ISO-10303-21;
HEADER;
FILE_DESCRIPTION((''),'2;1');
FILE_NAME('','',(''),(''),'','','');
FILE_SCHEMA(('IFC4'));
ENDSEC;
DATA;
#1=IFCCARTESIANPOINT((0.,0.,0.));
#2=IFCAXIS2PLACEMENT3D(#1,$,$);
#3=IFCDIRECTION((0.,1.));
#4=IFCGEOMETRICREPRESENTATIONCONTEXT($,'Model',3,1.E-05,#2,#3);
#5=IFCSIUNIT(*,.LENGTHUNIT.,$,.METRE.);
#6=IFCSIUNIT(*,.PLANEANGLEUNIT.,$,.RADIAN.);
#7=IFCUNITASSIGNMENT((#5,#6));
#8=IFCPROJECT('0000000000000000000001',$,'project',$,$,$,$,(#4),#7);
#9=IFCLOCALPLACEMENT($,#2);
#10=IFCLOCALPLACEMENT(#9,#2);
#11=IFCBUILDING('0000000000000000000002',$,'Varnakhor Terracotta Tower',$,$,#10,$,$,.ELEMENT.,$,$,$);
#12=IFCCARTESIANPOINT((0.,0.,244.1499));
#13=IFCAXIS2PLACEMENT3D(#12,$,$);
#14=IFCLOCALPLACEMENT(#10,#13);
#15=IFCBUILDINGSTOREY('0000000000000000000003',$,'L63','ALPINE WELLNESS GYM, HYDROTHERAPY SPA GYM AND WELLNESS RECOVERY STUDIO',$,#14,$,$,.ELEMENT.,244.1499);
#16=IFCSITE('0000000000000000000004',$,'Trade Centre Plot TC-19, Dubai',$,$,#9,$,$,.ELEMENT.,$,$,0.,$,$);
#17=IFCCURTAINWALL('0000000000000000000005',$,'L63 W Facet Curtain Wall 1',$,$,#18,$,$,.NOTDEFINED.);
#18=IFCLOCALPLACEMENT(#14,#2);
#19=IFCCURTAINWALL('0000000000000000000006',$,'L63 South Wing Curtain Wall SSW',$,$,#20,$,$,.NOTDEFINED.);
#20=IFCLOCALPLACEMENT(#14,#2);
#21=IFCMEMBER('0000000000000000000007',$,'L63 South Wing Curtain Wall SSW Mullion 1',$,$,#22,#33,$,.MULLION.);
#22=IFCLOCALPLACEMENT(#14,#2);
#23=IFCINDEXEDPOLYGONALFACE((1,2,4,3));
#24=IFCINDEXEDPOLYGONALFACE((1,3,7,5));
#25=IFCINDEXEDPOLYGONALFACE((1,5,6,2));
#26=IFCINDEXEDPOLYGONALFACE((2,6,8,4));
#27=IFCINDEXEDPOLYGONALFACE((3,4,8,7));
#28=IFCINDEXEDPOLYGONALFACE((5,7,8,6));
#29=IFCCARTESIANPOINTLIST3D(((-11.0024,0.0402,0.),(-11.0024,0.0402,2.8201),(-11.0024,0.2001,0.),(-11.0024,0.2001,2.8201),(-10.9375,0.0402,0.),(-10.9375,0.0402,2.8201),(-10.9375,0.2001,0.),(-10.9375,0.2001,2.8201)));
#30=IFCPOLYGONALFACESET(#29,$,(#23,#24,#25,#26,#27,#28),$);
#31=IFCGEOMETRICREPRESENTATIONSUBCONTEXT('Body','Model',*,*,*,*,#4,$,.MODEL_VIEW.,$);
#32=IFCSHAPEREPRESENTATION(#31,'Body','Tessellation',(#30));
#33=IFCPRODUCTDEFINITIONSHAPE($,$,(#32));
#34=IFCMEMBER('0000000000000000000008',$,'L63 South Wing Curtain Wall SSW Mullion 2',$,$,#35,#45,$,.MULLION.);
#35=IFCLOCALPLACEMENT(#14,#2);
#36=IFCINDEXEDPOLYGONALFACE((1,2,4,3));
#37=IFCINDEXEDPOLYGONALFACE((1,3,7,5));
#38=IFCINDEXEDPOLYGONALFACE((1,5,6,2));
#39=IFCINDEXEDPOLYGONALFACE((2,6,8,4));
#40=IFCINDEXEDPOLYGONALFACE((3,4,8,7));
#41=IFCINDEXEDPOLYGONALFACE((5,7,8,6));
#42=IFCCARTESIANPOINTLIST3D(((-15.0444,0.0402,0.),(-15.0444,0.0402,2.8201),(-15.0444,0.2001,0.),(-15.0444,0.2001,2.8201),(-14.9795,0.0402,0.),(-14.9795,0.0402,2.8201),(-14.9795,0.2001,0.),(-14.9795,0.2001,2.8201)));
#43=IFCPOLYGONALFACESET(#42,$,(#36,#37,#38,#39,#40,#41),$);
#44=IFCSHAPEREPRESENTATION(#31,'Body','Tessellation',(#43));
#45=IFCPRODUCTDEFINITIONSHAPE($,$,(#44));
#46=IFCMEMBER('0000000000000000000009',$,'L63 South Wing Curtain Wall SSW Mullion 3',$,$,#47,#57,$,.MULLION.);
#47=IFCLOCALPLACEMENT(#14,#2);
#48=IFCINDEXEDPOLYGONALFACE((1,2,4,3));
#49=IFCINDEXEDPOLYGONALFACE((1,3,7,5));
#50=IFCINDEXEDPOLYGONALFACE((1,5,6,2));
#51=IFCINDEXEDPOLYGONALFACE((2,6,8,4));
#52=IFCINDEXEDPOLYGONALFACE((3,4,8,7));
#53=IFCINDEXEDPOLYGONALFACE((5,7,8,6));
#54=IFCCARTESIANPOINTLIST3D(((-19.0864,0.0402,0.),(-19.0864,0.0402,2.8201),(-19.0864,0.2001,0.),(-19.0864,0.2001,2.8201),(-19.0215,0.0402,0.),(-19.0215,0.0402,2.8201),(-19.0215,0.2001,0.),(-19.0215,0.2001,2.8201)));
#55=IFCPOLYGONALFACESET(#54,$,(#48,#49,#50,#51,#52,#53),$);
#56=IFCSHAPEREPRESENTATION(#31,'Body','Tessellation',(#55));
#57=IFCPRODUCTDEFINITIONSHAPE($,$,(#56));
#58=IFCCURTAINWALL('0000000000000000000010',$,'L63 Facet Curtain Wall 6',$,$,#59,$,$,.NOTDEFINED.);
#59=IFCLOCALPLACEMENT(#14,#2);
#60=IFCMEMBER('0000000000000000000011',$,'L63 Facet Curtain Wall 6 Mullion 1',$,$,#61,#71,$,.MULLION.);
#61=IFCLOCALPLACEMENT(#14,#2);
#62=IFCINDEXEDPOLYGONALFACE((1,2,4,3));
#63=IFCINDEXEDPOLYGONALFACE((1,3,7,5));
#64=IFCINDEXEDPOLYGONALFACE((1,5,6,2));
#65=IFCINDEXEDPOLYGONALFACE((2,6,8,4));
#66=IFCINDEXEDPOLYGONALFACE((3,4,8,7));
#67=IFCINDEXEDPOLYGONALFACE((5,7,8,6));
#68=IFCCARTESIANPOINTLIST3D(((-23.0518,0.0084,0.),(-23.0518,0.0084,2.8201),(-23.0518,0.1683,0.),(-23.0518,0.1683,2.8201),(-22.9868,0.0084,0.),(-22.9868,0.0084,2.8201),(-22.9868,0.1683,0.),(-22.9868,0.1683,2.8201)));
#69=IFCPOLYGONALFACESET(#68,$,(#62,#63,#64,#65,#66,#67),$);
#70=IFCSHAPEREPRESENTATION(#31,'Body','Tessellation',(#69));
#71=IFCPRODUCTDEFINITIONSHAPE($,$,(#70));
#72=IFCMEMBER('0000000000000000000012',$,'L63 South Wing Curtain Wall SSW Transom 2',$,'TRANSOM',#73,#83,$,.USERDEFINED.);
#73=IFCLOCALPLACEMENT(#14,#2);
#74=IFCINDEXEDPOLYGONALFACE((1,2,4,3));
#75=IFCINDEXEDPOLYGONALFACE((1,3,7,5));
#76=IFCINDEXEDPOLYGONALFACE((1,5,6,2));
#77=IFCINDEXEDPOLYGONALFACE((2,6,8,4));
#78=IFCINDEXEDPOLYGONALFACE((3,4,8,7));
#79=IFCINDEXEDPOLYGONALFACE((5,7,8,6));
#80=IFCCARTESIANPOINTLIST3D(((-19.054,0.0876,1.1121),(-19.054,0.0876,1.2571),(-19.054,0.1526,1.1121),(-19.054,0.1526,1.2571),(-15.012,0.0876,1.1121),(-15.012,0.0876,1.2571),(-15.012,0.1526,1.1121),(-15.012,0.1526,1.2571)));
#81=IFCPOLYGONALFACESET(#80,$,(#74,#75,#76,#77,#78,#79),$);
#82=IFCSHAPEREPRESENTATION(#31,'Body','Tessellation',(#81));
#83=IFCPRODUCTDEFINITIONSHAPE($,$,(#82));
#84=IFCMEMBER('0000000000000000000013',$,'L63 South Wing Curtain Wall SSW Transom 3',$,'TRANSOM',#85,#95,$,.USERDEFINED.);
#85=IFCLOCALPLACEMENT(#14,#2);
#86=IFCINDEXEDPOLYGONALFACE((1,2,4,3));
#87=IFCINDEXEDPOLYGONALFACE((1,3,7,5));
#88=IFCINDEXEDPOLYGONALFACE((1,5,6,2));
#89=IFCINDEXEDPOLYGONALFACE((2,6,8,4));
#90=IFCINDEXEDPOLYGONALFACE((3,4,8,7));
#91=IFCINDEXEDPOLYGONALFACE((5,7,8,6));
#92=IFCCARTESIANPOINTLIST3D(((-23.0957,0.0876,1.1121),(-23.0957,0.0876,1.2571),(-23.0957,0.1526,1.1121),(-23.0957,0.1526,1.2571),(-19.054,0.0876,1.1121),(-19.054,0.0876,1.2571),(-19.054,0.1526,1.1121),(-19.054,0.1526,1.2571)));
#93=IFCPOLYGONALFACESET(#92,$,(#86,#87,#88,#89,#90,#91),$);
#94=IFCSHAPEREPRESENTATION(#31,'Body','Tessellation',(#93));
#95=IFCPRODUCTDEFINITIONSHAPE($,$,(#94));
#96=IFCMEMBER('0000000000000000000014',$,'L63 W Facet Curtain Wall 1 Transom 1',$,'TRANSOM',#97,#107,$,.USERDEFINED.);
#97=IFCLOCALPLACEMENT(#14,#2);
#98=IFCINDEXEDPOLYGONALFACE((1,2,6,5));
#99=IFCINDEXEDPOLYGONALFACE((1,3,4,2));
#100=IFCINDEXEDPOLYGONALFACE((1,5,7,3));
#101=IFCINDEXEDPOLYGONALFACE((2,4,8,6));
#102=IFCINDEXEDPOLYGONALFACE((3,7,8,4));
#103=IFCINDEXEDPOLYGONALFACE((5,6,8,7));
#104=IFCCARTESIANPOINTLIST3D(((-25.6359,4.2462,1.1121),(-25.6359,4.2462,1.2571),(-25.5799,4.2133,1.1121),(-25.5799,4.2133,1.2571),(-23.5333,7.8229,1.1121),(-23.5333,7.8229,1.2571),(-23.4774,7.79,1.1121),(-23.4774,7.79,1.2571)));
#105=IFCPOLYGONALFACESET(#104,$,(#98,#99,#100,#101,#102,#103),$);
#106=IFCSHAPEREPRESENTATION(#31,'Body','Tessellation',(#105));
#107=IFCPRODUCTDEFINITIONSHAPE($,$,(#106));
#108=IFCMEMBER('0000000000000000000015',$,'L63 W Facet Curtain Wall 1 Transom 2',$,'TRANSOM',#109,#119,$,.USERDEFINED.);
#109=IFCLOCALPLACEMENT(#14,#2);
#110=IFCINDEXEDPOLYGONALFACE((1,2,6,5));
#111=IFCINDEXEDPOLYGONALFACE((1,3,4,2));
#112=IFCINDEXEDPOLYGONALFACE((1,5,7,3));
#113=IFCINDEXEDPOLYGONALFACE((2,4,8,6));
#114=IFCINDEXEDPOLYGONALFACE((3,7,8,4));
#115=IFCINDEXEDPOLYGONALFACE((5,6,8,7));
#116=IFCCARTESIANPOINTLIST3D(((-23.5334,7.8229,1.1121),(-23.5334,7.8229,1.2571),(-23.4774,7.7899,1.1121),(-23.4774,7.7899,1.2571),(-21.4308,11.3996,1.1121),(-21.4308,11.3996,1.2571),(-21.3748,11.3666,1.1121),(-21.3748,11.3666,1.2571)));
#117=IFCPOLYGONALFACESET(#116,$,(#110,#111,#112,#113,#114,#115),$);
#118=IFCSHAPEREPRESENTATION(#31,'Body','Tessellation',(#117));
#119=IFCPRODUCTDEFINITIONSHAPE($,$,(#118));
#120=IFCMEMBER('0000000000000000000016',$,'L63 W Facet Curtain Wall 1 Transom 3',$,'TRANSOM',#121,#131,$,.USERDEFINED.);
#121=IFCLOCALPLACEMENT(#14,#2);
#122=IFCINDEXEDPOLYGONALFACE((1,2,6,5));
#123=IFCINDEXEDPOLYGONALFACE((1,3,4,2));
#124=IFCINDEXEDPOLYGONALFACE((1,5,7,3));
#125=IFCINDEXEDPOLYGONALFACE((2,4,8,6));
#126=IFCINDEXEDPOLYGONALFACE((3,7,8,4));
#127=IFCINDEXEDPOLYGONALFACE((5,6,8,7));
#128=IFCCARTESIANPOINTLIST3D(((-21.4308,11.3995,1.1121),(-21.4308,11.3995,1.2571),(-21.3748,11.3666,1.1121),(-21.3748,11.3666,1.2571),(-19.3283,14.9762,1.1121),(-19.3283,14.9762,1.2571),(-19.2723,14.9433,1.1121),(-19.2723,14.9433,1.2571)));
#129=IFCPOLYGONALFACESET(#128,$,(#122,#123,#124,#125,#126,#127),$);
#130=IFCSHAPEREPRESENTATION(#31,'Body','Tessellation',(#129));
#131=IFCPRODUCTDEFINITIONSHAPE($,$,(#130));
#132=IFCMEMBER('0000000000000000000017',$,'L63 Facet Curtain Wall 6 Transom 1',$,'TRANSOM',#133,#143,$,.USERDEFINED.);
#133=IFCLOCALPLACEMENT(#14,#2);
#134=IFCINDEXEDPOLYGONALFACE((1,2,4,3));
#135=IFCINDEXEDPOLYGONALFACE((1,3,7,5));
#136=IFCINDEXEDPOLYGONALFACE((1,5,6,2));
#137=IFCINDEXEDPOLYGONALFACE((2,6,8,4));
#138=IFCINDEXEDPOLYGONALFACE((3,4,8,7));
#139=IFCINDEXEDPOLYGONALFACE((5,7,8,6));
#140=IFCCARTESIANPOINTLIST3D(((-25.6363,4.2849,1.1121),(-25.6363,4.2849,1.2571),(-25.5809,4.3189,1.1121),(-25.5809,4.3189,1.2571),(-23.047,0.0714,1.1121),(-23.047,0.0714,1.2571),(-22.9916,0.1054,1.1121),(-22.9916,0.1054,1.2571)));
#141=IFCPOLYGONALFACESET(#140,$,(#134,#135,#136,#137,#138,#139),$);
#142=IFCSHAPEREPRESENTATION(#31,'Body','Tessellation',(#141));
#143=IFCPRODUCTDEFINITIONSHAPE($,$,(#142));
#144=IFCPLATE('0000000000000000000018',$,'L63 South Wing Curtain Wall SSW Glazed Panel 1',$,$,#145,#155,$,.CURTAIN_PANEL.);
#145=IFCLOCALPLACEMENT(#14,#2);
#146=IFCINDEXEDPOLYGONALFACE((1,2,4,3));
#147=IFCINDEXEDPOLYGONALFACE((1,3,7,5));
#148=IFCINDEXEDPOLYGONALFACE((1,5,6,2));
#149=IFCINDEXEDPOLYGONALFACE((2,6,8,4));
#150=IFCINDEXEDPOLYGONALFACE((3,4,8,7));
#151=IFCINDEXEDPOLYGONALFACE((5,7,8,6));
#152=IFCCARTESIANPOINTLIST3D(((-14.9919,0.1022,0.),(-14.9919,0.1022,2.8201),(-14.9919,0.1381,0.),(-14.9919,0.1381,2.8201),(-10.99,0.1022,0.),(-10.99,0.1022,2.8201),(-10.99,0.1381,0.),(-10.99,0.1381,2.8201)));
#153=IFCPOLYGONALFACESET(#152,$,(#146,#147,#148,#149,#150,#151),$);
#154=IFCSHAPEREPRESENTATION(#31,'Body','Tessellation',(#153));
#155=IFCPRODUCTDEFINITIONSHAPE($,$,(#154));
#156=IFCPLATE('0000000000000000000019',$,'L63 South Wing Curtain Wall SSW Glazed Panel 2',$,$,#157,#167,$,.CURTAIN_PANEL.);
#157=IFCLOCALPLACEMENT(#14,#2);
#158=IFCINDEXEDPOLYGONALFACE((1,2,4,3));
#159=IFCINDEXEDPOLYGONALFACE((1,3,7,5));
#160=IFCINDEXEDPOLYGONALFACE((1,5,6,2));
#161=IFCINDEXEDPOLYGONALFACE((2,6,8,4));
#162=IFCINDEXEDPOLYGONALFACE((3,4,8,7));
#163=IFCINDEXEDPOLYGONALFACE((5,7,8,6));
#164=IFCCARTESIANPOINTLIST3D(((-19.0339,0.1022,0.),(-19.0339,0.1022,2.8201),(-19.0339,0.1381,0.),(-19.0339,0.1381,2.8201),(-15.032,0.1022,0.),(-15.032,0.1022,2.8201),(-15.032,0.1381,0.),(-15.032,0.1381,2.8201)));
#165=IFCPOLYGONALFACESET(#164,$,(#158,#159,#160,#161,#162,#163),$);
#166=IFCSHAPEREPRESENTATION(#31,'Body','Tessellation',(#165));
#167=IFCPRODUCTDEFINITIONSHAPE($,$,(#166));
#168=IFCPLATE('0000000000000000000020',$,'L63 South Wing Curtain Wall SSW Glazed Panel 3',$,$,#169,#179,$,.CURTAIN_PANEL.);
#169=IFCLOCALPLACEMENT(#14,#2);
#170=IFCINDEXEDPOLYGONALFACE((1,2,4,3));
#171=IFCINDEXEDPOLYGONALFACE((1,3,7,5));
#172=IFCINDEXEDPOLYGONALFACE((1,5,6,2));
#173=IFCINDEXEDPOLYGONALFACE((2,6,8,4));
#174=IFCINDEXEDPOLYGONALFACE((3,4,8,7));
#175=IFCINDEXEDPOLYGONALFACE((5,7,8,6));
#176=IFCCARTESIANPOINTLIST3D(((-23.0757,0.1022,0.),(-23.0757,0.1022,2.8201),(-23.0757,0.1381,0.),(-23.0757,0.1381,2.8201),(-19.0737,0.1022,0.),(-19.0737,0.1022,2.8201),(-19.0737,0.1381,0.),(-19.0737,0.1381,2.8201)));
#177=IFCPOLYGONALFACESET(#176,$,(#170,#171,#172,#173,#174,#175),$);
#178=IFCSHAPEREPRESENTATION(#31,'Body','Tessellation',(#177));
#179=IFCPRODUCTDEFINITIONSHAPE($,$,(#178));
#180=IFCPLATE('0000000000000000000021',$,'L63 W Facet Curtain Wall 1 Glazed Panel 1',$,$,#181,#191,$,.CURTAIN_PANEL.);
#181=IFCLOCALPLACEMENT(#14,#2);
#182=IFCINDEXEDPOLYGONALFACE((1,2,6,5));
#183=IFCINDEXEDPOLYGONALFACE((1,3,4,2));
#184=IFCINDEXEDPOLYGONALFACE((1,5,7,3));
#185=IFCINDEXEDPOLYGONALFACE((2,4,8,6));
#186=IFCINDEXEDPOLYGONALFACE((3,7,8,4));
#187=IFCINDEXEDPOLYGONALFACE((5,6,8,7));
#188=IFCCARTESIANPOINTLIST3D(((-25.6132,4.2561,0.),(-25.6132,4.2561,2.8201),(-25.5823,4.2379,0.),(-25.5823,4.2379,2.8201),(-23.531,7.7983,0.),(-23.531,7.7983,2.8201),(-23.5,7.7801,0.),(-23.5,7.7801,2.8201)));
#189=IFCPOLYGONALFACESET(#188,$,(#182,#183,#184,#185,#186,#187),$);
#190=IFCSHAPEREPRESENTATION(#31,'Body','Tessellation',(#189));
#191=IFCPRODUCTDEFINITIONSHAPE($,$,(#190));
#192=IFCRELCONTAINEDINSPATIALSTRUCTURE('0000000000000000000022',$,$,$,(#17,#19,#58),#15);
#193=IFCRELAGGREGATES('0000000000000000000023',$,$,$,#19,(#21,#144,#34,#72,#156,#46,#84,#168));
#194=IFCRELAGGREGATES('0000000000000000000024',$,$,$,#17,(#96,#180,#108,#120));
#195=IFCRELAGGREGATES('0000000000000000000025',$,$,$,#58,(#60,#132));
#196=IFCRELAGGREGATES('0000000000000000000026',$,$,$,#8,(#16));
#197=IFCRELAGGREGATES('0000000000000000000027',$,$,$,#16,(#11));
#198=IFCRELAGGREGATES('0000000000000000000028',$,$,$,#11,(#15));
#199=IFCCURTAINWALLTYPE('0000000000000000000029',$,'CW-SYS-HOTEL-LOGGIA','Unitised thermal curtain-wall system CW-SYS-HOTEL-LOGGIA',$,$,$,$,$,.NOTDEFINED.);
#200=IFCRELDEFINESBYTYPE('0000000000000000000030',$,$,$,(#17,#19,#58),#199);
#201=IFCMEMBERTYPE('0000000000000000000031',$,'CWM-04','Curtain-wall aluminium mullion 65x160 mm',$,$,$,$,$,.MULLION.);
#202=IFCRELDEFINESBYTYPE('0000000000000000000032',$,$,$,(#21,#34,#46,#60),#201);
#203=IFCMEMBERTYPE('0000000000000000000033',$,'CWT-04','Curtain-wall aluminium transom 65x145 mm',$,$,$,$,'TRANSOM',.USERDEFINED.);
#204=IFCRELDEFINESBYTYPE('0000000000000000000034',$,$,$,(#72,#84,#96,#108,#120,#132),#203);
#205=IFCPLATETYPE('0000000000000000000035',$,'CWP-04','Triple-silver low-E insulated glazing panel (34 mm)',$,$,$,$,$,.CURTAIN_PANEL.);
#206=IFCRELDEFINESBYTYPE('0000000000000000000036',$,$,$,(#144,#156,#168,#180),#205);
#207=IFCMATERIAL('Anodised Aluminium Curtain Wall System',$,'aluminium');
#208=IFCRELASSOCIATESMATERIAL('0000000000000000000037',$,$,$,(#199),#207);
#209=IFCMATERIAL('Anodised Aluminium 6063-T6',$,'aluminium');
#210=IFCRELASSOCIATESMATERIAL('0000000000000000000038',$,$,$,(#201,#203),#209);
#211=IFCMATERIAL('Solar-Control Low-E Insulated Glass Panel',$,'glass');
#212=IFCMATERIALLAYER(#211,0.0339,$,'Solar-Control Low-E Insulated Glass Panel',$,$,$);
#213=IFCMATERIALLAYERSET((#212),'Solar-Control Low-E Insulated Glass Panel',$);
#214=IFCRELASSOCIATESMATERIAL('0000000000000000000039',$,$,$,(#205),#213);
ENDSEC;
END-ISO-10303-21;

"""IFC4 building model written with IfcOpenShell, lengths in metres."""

from ifc_helpers import new_model, si_unit, direction, frame, origin, origin_2d, place, context, subcontext, project, spatial, rectangle, extrude, source, transform, mapped, material, layer, layer_set, material_profile, profile_set, type_object, type_shapes, element, aggregate, save


model = new_model("IFC4")

# Units and contexts
model_context = context("Model", 3, precision=1e-05, world=origin(), true_north=direction((0.0, 1.0)))
body_context = subcontext(model_context, "Body", "Model", "MODEL_VIEW")
ifc_project = project(units=[si_unit("LENGTHUNIT", "METRE"), si_unit("PLANEANGLEUNIT", "RADIAN")], contexts=[model_context])

# Site, building, storey
site_placement = place(None, origin())
site = spatial("IfcSite", under=ifc_project, at=site_placement, Name="Trade Centre Plot TC-19, Dubai", CompositionType="ELEMENT", RefElevation=0.0)
building_placement = place(site_placement, origin())
building = spatial("IfcBuilding", under=site, at=building_placement, Name="Varnakhor Terracotta Tower", CompositionType="ELEMENT")
storey_placement = place(building_placement, frame((0.0, 0.0, 244.1499)))
storey = spatial("IfcBuildingStorey", under=building, at=storey_placement, Name="L63", Description="ALPINE WELLNESS GYM, HYDROTHERAPY SPA GYM AND WELLNESS RECOVERY STUDIO", CompositionType="ELEMENT", Elevation=244.1499)

# Curtain walls, members
ifc_material_1 = material(Name="Anodised Aluminium Curtain Wall System", Category="aluminium")
curtain_wall_type = type_object("IfcCurtainWallType", Name="CW-SYS-HOTEL-LOGGIA", Description="Unitised thermal curtain-wall system CW-SYS-HOTEL-LOGGIA", PredefinedType="NOTDEFINED", material=ifc_material_1)
curtain_wall_1_placement = place(storey_placement, origin())
curtain_wall_1 = element("IfcCurtainWall", 1, at=curtain_wall_1_placement, inside=storey, type_object=curtain_wall_type, Name="L63 W Facet Curtain Wall 1", PredefinedType="NOTDEFINED")
ifc_material_2 = material(Name="Anodised Aluminium 6063-T6", Category="aluminium")
ifc_material_profile_1 = material_profile(ifc_material_2, rectangle(XDim=0.0649, YDim=0.1599, at=origin_2d()), Name="ALU MULLION 65x160")
ifc_profile_set_1 = profile_set([ifc_material_profile_1], Name="Anodised Aluminium 6063-T6")
member_type_1 = type_object("IfcMemberType", Name="CWM-04", Description="Curtain-wall aluminium mullion 65x160 mm", PredefinedType="MULLION", material=ifc_profile_set_1)
shared_shape_1 = source(origin(), body_context, "Body", "SweptSolid", [
    extrude(rectangle(XDim=0.0649, YDim=0.1599, at=origin_2d()), origin(), (0.0, 0.0, 1.0), 2.8201),
])
type_shapes(member_type_1, [shared_shape_1])
curtain_wall_2_placement = place(storey_placement, origin())
curtain_wall_2 = element("IfcCurtainWall", 2, at=curtain_wall_2_placement, inside=storey, type_object=curtain_wall_type, Name="L63 South Wing Curtain Wall SSW", PredefinedType="NOTDEFINED")
member_1_placement = place(storey_placement, frame((-10.97, 0.1201, 0.0), z_axis=(0.0, 0.0, 1.0), x_axis=(1.0, 0.0, 0.0)))
member_1 = element("IfcMember", 3, at=member_1_placement, type_object=member_type_1, Name="L63 South Wing Curtain Wall SSW Mullion 1", PredefinedType="MULLION", context=body_context, shape_type="MappedRepresentation", body=[
    mapped(shared_shape_1, transform((0.0, 0.0, 0.0), scale=1.0)),
])
member_2_placement = place(storey_placement, frame((-15.012, 0.1201, 0.0), z_axis=(0.0, 0.0, 1.0), x_axis=(1.0, 0.0, 0.0)))
member_2 = element("IfcMember", 4, at=member_2_placement, type_object=member_type_1, Name="L63 South Wing Curtain Wall SSW Mullion 2", PredefinedType="MULLION", context=body_context, shape_type="MappedRepresentation", body=[
    mapped(shared_shape_1, transform((0.0, 0.0, 0.0), scale=1.0)),
])
member_3_placement = place(storey_placement, frame((-19.054, 0.1201, 0.0), z_axis=(0.0, 0.0, 1.0), x_axis=(1.0, 0.0, 0.0)))
member_3 = element("IfcMember", 5, at=member_3_placement, type_object=member_type_1, Name="L63 South Wing Curtain Wall SSW Mullion 3", PredefinedType="MULLION", context=body_context, shape_type="MappedRepresentation", body=[
    mapped(shared_shape_1, transform((0.0, 0.0, 0.0), scale=1.0)),
])

# Curtain wall, member
curtain_wall_3_placement = place(storey_placement, origin())
curtain_wall_3 = element("IfcCurtainWall", 6, at=curtain_wall_3_placement, inside=storey, type_object=curtain_wall_type, Name="L63 Facet Curtain Wall 6", PredefinedType="NOTDEFINED")
member_4_placement = place(storey_placement, frame((-23.0193, 0.0884, 0.0), z_axis=(0.0, 0.0, 1.0), x_axis=(1.0, 0.0, 0.0)))
member_4 = element("IfcMember", 7, at=member_4_placement, type_object=member_type_1, Name="L63 Facet Curtain Wall 6 Mullion 1", PredefinedType="MULLION", context=body_context, shape_type="MappedRepresentation", body=[
    mapped(shared_shape_1, transform((0.0, 0.0, 0.0), scale=1.0)),
])

# Members
ifc_material_profile_2 = material_profile(ifc_material_2, rectangle(XDim=0.0649, YDim=0.145, at=origin_2d()), Name="ALU TRANSOM 65x145")
ifc_profile_set_2 = profile_set([ifc_material_profile_2], Name="Anodised Aluminium 6063-T6")
member_type_2 = type_object("IfcMemberType", Name="CWT-04", Description="Curtain-wall aluminium transom 65x145 mm", ElementType="TRANSOM", PredefinedType="USERDEFINED", material=ifc_profile_set_2)
shared_shape_2 = source(origin(), body_context, "Body", "SweptSolid", [
    extrude(rectangle(XDim=0.0649, YDim=0.145, at=origin_2d()), origin(), (0.0, 0.0, 1.0), 4.042),
])
member_5_placement = place(storey_placement, frame((-15.012, 0.1201, 1.1846), z_axis=(-1.0, 0.0, 0.0), x_axis=(0.0, -1.0, 0.0)))
member_5 = element("IfcMember", 8, at=member_5_placement, type_object=member_type_2, Name="L63 South Wing Curtain Wall SSW Transom 2", ObjectType="TRANSOM", PredefinedType="USERDEFINED", context=body_context, shape_type="MappedRepresentation", body=[
    mapped(shared_shape_2, transform((0.0, 0.0, 0.0), scale=1.0)),
])
shared_shape_3 = source(origin(), body_context, "Body", "SweptSolid", [
    extrude(rectangle(XDim=0.0649, YDim=0.145, at=origin_2d()), origin(), (0.0, 0.0, 1.0), 4.0417),
])
member_6_placement = place(storey_placement, frame((-19.054, 0.1201, 1.1846), z_axis=(-1.0, 0.0, 0.0), x_axis=(0.0, -1.0, 0.0)))
member_6 = element("IfcMember", 9, at=member_6_placement, type_object=member_type_2, Name="L63 South Wing Curtain Wall SSW Transom 3", ObjectType="TRANSOM", PredefinedType="USERDEFINED", context=body_context, shape_type="MappedRepresentation", body=[
    mapped(shared_shape_3, transform((0.0, 0.0, 0.0), scale=1.0)),
])
shared_shape_4 = source(origin(), body_context, "Body", "SweptSolid", [
    extrude(rectangle(XDim=0.0649, YDim=0.145, at=origin_2d()), origin(), (0.0, 0.0, 1.0), 4.1489),
])
member_7_placement = place(storey_placement, frame((-25.6079, 4.2297, 1.1846), z_axis=(0.506773, 0.862079, 0.0), x_axis=(-0.862079, 0.506773, 0.0)))
member_7 = element("IfcMember", 10, at=member_7_placement, type_object=member_type_2, Name="L63 W Facet Curtain Wall 1 Transom 1", ObjectType="TRANSOM", PredefinedType="USERDEFINED", context=body_context, shape_type="MappedRepresentation", body=[
    mapped(shared_shape_4, transform((0.0, 0.0, 0.0), scale=1.0)),
])
member_8_placement = place(storey_placement, frame((-23.5054, 7.8064, 1.1846), z_axis=(0.506773, 0.862079, 0.0), x_axis=(-0.862079, 0.506773, 0.0)))
member_8 = element("IfcMember", 11, at=member_8_placement, type_object=member_type_2, Name="L63 W Facet Curtain Wall 1 Transom 2", ObjectType="TRANSOM", PredefinedType="USERDEFINED", context=body_context, shape_type="MappedRepresentation", body=[
    mapped(shared_shape_4, transform((0.0, 0.0, 0.0), scale=1.0)),
])
member_9_placement = place(storey_placement, frame((-21.4028, 11.3831, 1.1846), z_axis=(0.506773, 0.862079, 0.0), x_axis=(-0.862079, 0.506773, 0.0)))
member_9 = element("IfcMember", 12, at=member_9_placement, type_object=member_type_2, Name="L63 W Facet Curtain Wall 1 Transom 3", ObjectType="TRANSOM", PredefinedType="USERDEFINED", context=body_context, shape_type="MappedRepresentation", body=[
    mapped(shared_shape_4, transform((0.0, 0.0, 0.0), scale=1.0)),
])
shared_shape_5 = source(origin(), body_context, "Body", "SweptSolid", [
    extrude(rectangle(XDim=0.0649, YDim=0.145, at=origin_2d()), origin(), (0.0, 0.0, 1.0), 4.9456),
])
member_10_placement = place(storey_placement, frame((-23.0193, 0.0884, 1.1846), z_axis=(-0.523563, 0.851987, 0.0), x_axis=(-0.851987, -0.523563, 0.0)))
member_10 = element("IfcMember", 13, at=member_10_placement, type_object=member_type_2, Name="L63 Facet Curtain Wall 6 Transom 1", ObjectType="TRANSOM", PredefinedType="USERDEFINED", context=body_context, shape_type="MappedRepresentation", body=[
    mapped(shared_shape_5, transform((0.0, 0.0, 0.0), scale=1.0)),
])

# Plates
ifc_material_3 = material(Name="Solar-Control Low-E Insulated Glass Panel", Category="glass")
ifc_layer_1 = layer(ifc_material_3, 0.0339, Name="Solar-Control Low-E Insulated Glass Panel")
ifc_layer_set_1 = layer_set([ifc_layer_1], Name="Solar-Control Low-E Insulated Glass Panel")
plate_type = type_object("IfcPlateType", Name="CWP-04", Description="Triple-silver low-E insulated glazing panel (34 mm)", PredefinedType="CURTAIN_PANEL", material=ifc_layer_set_1)
shared_shape_6 = source(origin(), body_context, "Body", "SweptSolid", [
    extrude(rectangle(XDim=4.002, YDim=0.0359, at=origin_2d()), origin(), (0.0, 0.0, 1.0), 2.8201),
])
plate_1_placement = place(storey_placement, frame((-12.991, 0.1201, 0.0), z_axis=(0.0, 0.0, 1.0), x_axis=(-1.0, 0.0, 0.0)))
plate_1 = element("IfcPlate", 14, at=plate_1_placement, type_object=plate_type, Name="L63 South Wing Curtain Wall SSW Glazed Panel 1", PredefinedType="CURTAIN_PANEL", context=body_context, shape_type="MappedRepresentation", body=[
    mapped(shared_shape_6, transform((0.0, 0.0, 0.0), scale=1.0)),
])
plate_2_placement = place(storey_placement, frame((-17.033, 0.1201, 0.0), z_axis=(0.0, 0.0, 1.0), x_axis=(-1.0, 0.0, 0.0)))
plate_2 = element("IfcPlate", 15, at=plate_2_placement, type_object=plate_type, Name="L63 South Wing Curtain Wall SSW Glazed Panel 2", PredefinedType="CURTAIN_PANEL", context=body_context, shape_type="MappedRepresentation", body=[
    mapped(shared_shape_6, transform((0.0, 0.0, 0.0), scale=1.0)),
])
plate_3_placement = place(storey_placement, frame((-21.0747, 0.1201, 0.0), z_axis=(0.0, 0.0, 1.0), x_axis=(-1.0, 0.0, 0.0)))
plate_3 = element("IfcPlate", 16, at=plate_3_placement, type_object=plate_type, Name="L63 South Wing Curtain Wall SSW Glazed Panel 3", PredefinedType="CURTAIN_PANEL", context=body_context, shape_type="MappedRepresentation", body=[
    mapped(shared_shape_6, transform((0.0, 0.0, 0.0), scale=1.0)),
])
aggregate(curtain_wall_2, [member_1, plate_1, member_2, member_5, plate_2, member_3, member_6, plate_3])
shared_shape_7 = source(origin(), body_context, "Body", "SweptSolid", [
    extrude(rectangle(XDim=4.1089, YDim=0.0359, at=origin_2d()), origin(), (0.0, 0.0, 1.0), 2.8201),
])
plate_4_placement = place(storey_placement, frame((-24.5566, 6.0181, 0.0), z_axis=(0.0, 0.0, 1.0), x_axis=(0.506771, 0.862081, 0.0)))
plate_4 = element("IfcPlate", 17, at=plate_4_placement, type_object=plate_type, Name="L63 W Facet Curtain Wall 1 Glazed Panel 1", PredefinedType="CURTAIN_PANEL", context=body_context, shape_type="MappedRepresentation", body=[
    mapped(shared_shape_7, transform((0.0, 0.0, 0.0), scale=1.0)),
])
aggregate(curtain_wall_1, [member_7, plate_4, member_8, member_9])
aggregate(curtain_wall_3, [member_4, member_10])

save(model, "model.ifc")
